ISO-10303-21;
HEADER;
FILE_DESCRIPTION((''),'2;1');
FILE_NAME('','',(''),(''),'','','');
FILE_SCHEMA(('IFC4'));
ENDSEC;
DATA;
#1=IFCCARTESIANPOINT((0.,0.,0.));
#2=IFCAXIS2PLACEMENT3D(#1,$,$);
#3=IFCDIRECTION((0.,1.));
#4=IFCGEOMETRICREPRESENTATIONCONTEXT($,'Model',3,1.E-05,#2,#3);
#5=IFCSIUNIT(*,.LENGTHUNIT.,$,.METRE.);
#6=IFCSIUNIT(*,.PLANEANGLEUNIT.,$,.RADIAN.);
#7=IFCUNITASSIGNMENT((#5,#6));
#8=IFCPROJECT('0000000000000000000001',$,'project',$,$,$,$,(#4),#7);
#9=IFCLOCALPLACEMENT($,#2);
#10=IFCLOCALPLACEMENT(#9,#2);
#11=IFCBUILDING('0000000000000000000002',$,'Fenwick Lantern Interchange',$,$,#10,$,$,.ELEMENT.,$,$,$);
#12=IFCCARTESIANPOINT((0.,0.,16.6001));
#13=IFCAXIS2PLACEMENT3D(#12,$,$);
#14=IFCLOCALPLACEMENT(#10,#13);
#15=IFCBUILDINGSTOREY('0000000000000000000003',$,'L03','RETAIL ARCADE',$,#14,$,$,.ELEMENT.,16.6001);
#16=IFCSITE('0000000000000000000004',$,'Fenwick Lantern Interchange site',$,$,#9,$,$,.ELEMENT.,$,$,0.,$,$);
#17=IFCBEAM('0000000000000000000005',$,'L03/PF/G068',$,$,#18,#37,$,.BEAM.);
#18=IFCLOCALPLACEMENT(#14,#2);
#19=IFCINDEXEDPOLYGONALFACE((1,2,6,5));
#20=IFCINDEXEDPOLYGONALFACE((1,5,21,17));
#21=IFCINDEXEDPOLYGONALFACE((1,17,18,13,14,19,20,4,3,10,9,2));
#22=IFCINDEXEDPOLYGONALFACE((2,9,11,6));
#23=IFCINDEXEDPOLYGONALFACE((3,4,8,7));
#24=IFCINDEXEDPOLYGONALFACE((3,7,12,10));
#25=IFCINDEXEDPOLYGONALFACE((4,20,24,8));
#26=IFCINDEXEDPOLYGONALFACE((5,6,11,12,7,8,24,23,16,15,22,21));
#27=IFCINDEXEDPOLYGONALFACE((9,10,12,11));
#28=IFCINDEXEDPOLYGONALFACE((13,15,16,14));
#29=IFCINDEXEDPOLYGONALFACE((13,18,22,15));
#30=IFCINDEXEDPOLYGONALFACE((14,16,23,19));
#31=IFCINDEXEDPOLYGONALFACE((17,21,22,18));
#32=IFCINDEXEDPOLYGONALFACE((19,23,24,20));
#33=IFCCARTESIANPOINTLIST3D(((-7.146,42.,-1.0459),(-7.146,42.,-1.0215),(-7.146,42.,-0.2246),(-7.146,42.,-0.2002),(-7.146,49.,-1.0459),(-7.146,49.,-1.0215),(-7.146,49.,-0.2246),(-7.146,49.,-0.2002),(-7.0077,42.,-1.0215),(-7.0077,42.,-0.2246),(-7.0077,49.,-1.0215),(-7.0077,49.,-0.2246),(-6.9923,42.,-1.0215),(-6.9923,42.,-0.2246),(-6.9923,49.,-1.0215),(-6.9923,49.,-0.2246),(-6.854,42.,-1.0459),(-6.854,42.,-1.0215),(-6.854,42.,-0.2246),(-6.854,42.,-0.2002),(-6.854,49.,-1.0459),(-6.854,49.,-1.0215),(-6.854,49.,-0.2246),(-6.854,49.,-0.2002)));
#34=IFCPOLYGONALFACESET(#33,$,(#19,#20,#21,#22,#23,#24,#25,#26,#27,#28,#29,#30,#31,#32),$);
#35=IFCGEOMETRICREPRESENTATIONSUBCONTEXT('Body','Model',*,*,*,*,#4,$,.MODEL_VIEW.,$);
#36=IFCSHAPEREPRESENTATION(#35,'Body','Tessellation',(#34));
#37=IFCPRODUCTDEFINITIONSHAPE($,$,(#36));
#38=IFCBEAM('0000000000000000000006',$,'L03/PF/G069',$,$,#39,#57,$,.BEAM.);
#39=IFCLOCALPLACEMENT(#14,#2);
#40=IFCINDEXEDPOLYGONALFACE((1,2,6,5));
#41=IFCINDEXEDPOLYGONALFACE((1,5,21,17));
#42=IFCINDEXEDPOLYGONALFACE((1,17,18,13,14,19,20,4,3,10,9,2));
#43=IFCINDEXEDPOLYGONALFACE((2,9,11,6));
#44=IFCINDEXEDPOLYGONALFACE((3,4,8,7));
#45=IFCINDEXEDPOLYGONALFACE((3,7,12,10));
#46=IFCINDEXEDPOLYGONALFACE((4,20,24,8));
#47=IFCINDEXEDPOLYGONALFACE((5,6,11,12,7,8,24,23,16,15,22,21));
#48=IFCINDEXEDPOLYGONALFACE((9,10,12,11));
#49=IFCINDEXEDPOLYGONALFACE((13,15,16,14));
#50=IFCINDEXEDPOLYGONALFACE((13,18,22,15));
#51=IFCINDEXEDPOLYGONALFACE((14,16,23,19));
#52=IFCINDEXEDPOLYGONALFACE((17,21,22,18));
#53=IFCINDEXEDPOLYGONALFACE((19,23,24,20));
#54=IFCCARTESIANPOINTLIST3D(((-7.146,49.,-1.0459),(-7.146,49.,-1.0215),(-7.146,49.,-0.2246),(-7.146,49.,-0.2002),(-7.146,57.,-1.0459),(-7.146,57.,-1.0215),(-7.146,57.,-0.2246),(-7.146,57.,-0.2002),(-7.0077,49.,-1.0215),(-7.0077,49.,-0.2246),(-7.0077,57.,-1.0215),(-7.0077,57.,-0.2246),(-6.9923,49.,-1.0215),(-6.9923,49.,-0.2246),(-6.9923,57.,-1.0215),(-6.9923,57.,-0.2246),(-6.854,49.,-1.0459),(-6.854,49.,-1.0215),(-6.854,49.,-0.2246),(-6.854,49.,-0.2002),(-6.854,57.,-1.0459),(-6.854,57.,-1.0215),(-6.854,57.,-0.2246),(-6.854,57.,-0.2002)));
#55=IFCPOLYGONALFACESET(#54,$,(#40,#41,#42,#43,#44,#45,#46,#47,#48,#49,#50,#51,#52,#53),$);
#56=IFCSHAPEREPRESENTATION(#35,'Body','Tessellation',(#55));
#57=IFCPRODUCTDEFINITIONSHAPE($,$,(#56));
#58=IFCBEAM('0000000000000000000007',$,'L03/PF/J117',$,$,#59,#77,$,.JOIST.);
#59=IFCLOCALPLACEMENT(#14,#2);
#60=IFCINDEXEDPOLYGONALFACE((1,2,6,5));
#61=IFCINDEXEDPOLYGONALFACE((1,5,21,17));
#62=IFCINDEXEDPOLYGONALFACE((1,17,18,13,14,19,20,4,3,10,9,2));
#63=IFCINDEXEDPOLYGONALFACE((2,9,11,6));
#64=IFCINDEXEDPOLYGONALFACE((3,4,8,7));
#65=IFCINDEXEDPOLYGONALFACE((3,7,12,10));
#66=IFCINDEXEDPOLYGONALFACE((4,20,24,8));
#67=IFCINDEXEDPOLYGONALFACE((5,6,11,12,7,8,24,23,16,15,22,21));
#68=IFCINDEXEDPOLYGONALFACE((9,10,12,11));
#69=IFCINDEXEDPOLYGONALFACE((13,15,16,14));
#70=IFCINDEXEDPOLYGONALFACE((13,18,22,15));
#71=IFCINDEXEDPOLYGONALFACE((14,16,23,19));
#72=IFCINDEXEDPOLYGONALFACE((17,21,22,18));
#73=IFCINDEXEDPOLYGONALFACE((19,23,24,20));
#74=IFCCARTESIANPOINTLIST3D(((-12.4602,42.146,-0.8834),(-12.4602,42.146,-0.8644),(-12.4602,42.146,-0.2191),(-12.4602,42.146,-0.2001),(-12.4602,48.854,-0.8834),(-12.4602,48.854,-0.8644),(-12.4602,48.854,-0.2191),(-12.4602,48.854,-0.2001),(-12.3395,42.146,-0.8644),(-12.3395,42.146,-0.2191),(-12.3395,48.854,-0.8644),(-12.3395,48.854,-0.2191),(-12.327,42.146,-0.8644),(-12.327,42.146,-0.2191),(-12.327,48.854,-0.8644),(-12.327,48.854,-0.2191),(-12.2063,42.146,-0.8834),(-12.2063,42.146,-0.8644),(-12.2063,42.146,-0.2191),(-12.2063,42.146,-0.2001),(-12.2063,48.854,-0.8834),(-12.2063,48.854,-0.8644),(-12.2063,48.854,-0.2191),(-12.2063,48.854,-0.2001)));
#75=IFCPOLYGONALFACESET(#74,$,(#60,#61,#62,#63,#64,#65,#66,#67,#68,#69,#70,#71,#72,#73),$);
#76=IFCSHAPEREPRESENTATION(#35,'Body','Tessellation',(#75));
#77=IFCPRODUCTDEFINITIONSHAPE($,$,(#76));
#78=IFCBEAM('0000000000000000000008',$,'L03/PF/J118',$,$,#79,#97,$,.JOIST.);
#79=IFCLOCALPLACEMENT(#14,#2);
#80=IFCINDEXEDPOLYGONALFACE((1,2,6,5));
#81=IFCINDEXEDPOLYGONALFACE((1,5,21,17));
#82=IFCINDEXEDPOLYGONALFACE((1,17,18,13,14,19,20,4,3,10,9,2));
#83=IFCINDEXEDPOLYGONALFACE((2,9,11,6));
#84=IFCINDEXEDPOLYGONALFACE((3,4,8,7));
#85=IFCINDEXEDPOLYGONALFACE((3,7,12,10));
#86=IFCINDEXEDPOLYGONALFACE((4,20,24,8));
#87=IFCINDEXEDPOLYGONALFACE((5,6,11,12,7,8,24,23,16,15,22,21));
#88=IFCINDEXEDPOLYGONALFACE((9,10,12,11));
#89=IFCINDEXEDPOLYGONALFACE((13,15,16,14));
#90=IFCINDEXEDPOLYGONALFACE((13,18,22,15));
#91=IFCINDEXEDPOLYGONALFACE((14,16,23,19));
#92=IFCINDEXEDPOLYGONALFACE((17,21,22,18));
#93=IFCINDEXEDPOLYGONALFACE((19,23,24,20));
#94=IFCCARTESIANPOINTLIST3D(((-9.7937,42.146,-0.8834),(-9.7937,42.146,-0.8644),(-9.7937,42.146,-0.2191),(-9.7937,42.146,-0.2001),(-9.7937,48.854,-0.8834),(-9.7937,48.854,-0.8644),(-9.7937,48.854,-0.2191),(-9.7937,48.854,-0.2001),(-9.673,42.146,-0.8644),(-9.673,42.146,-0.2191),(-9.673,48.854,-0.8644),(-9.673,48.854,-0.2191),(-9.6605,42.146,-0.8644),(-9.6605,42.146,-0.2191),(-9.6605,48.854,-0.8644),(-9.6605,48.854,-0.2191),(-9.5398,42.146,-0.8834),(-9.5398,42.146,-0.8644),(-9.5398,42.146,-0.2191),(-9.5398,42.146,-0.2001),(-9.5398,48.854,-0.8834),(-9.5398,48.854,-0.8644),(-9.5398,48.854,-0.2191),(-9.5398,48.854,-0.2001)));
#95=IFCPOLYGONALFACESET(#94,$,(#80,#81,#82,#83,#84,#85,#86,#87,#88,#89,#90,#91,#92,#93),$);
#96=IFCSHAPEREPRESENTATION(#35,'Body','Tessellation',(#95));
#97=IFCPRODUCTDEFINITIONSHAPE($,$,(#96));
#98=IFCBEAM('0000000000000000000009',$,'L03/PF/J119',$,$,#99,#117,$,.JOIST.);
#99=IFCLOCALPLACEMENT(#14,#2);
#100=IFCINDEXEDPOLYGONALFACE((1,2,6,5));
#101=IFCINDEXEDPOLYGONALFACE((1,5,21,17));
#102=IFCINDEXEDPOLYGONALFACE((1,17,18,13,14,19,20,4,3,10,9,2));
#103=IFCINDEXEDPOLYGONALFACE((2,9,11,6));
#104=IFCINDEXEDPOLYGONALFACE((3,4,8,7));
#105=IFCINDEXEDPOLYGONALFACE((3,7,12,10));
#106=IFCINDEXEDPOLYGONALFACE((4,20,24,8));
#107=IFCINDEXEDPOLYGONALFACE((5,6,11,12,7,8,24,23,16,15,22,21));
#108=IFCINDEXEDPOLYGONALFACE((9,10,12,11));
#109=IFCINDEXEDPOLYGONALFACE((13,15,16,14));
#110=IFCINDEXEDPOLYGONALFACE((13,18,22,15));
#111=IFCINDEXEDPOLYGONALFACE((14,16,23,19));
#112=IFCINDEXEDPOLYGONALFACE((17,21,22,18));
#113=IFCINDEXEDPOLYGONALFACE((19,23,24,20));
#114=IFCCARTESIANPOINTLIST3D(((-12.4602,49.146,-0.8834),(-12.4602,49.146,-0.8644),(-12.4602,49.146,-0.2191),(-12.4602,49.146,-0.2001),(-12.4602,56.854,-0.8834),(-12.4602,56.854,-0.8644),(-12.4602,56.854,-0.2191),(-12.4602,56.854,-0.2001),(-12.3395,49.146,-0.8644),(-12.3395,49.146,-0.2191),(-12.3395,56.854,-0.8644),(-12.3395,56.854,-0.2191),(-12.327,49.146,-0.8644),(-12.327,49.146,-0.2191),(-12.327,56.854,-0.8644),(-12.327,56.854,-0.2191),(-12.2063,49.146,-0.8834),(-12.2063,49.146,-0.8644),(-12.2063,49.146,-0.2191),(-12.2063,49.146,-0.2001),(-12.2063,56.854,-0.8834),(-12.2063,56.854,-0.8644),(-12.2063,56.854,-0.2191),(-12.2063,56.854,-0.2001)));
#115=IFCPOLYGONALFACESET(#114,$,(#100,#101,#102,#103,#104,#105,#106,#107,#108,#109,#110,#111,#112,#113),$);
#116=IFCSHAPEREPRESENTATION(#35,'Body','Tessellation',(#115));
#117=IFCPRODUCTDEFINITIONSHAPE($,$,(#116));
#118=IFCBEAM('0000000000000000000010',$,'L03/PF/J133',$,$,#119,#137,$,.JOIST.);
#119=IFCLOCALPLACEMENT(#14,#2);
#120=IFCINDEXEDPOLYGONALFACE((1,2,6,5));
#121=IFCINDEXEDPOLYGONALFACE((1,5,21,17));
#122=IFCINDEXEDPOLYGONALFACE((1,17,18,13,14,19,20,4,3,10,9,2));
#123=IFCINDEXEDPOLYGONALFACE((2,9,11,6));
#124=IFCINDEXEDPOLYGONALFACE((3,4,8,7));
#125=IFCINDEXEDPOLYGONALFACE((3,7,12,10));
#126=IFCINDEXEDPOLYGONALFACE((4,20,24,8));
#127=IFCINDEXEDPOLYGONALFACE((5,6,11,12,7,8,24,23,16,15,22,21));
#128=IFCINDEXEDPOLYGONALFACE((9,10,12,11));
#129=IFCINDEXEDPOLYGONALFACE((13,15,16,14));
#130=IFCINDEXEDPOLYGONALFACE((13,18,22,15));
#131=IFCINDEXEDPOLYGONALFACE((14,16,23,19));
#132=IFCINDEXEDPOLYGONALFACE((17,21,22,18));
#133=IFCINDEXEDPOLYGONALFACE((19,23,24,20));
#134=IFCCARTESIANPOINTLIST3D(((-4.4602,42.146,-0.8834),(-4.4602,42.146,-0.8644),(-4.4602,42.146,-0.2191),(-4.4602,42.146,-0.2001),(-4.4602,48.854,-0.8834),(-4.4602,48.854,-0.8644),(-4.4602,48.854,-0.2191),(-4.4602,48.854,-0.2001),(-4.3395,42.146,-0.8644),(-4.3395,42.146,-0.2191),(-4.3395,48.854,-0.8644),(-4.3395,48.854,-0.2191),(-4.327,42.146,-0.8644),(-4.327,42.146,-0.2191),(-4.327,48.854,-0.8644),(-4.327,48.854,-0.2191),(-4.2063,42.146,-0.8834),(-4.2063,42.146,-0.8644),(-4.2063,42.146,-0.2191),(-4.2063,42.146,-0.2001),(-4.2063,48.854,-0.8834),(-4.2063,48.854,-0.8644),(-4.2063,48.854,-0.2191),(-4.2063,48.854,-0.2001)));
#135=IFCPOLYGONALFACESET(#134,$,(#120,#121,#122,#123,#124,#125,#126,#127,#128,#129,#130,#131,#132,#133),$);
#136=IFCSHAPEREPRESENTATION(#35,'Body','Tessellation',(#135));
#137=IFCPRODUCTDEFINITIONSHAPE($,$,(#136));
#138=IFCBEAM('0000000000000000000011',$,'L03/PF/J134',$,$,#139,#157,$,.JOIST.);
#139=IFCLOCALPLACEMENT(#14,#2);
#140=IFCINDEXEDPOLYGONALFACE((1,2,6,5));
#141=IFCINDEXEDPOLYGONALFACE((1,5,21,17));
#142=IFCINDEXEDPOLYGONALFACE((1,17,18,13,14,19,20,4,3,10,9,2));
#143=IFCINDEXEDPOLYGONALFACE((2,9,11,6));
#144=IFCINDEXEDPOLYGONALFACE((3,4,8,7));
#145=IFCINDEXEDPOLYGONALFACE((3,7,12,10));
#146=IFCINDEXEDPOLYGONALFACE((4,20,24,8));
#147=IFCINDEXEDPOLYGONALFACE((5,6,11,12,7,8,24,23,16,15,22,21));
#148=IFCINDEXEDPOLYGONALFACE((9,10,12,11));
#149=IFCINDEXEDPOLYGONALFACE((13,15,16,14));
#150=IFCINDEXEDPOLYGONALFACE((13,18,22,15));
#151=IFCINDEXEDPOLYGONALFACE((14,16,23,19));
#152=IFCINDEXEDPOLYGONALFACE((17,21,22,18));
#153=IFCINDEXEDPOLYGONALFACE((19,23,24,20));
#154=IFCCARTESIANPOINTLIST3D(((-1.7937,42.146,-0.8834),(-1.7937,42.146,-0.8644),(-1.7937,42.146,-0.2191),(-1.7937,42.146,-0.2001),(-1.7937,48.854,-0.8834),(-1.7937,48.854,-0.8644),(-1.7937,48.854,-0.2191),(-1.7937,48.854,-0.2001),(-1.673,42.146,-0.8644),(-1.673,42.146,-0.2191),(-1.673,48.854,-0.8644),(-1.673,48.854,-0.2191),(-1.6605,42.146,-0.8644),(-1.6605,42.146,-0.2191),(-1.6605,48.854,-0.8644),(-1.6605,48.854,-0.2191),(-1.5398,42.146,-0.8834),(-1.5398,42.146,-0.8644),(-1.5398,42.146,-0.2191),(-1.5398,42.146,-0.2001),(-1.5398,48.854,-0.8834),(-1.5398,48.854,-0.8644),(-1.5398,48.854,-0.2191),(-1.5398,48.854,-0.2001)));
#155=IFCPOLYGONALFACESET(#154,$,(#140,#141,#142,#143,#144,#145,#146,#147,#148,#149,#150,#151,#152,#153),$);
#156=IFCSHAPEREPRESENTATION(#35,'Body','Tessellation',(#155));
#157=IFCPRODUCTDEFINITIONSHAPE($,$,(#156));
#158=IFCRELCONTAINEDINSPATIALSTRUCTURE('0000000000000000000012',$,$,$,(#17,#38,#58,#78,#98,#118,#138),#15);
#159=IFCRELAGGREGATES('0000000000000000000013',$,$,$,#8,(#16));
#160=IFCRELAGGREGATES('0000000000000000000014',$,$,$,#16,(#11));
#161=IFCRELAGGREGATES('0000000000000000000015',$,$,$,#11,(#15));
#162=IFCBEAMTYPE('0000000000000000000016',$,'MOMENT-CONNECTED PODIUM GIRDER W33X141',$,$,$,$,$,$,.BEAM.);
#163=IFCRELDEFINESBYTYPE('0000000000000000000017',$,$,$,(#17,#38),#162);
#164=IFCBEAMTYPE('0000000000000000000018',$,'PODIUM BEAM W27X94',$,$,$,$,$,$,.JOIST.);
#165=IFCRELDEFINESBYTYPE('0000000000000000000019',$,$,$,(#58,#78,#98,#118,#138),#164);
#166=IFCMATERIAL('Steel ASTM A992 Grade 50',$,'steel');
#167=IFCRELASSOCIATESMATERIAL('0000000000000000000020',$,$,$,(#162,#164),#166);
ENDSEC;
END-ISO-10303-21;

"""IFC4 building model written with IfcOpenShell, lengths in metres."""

from ifc_helpers import new_model, si_unit, direction, frame, origin, origin_2d, place, context, subcontext, project, spatial, i_section, extrude, material, material_profile, profile_set, type_object, element, save


model = new_model("IFC4")

# Units and contexts
model_context = context("Model", 3, precision=1e-05, world=origin(), true_north=direction((0.0, 1.0)))
body_context = subcontext(model_context, "Body", "Model", "MODEL_VIEW")
ifc_project = project(units=[si_unit("LENGTHUNIT", "METRE"), si_unit("PLANEANGLEUNIT", "RADIAN")], contexts=[model_context])

# Site, building, storey
site_placement = place(None, origin())
site = spatial("IfcSite", under=ifc_project, at=site_placement, Name="Fenwick Lantern Interchange site", CompositionType="ELEMENT", RefElevation=0.0)
building_placement = place(site_placement, origin())
building = spatial("IfcBuilding", under=site, at=building_placement, Name="Fenwick Lantern Interchange", CompositionType="ELEMENT")
storey_placement = place(building_placement, frame((0.0, 0.0, 16.6001)))
storey = spatial("IfcBuildingStorey", under=building, at=storey_placement, Name="L03", Description="RETAIL ARCADE", CompositionType="ELEMENT", Elevation=16.6001)

# Shared definitions
ifc_material = material(Name="Steel ASTM A992 Grade 50", Category="steel")

# Beams
ifc_material_profile_1 = material_profile(ifc_material, i_section(OverallWidth=0.292, OverallDepth=0.8457, WebThickness=0.0154, FlangeThickness=0.0244, at=origin_2d()), Name="W33X141")
ifc_profile_set_1 = profile_set([ifc_material_profile_1], Name="Steel ASTM A992 Grade 50")
beam_type_1 = type_object("IfcBeamType", Name="MOMENT-CONNECTED PODIUM GIRDER W33X141", PredefinedType="BEAM", material=ifc_profile_set_1)
beam_1_placement = place(storey_placement, frame((-7.0, 42.0, -0.623), z_axis=(0.0, 1.0, 0.0), x_axis=(-1.0, 0.0, 0.0)))
element("IfcBeam", 1, at=beam_1_placement, inside=storey, type_object=beam_type_1, Name="L03/PF/G068", PredefinedType="BEAM", context=body_context, shape_type="SweptSolid", body=[
    extrude(i_section(OverallWidth=0.292, OverallDepth=0.8457, WebThickness=0.0154, FlangeThickness=0.0244, at=origin_2d()), origin(), (0.0, 0.0, 1.0), 7.0),
])
beam_2_placement = place(storey_placement, frame((-7.0, 49.0, -0.623), z_axis=(0.0, 1.0, 0.0), x_axis=(-1.0, 0.0, 0.0)))
element("IfcBeam", 2, at=beam_2_placement, inside=storey, type_object=beam_type_1, Name="L03/PF/G069", PredefinedType="BEAM", context=body_context, shape_type="SweptSolid", body=[
    extrude(i_section(OverallWidth=0.292, OverallDepth=0.8457, WebThickness=0.0154, FlangeThickness=0.0244, at=origin_2d()), origin(), (0.0, 0.0, 1.0), 8.0),
])
ifc_material_profile_2 = material_profile(ifc_material, i_section(OverallWidth=0.2539, OverallDepth=0.6833, WebThickness=0.0125, FlangeThickness=0.019, at=origin_2d()), Name="W27X94")
ifc_profile_set_2 = profile_set([ifc_material_profile_2], Name="Steel ASTM A992 Grade 50")
beam_type_2 = type_object("IfcBeamType", Name="PODIUM BEAM W27X94", PredefinedType="JOIST", material=ifc_profile_set_2)
for number, where, z_axis, x_axis, name in (
    (3, (-12.3333, 42.146, -0.5417), (0.0, 1.0, 0.0), (-1.0, 0.0, 0.0), "L03/PF/J117"),
    (4, (-9.6667, 42.146, -0.5417), (0.0, 1.0, 0.0), (-1.0, 0.0, 0.0), "L03/PF/J118"),
):
    element("IfcBeam", number, at=place(storey_placement, frame(where, z_axis=z_axis, x_axis=x_axis)), inside=storey, type_object=beam_type_2, Name=name, PredefinedType="JOIST", context=body_context, shape_type="SweptSolid", body=[
        extrude(i_section(OverallWidth=0.2539, OverallDepth=0.6833, WebThickness=0.0125, FlangeThickness=0.019, at=origin_2d()), origin(), (0.0, 0.0, 1.0), 6.708),
    ])
beam_3_placement = place(storey_placement, frame((-12.3333, 49.146, -0.5417), z_axis=(0.0, 1.0, 0.0), x_axis=(-1.0, 0.0, 0.0)))
element("IfcBeam", 5, at=beam_3_placement, inside=storey, type_object=beam_type_2, Name="L03/PF/J119", PredefinedType="JOIST", context=body_context, shape_type="SweptSolid", body=[
    extrude(i_section(OverallWidth=0.2539, OverallDepth=0.6833, WebThickness=0.0125, FlangeThickness=0.019, at=origin_2d()), origin(), (0.0, 0.0, 1.0), 7.708),
])
for number, where, z_axis, x_axis, name in (
    (6, (-4.3333, 42.146, -0.5417), (0.0, 1.0, 0.0), (-1.0, 0.0, 0.0), "L03/PF/J133"),
    (7, (-1.6667, 42.146, -0.5417), (0.0, 1.0, 0.0), (-1.0, 0.0, 0.0), "L03/PF/J134"),
):
    element("IfcBeam", number, at=place(storey_placement, frame(where, z_axis=z_axis, x_axis=x_axis)), inside=storey, type_object=beam_type_2, Name=name, PredefinedType="JOIST", context=body_context, shape_type="SweptSolid", body=[
        extrude(i_section(OverallWidth=0.2539, OverallDepth=0.6833, WebThickness=0.0125, FlangeThickness=0.019, at=origin_2d()), origin(), (0.0, 0.0, 1.0), 6.708),
    ])

save(model, "model.ifc")
